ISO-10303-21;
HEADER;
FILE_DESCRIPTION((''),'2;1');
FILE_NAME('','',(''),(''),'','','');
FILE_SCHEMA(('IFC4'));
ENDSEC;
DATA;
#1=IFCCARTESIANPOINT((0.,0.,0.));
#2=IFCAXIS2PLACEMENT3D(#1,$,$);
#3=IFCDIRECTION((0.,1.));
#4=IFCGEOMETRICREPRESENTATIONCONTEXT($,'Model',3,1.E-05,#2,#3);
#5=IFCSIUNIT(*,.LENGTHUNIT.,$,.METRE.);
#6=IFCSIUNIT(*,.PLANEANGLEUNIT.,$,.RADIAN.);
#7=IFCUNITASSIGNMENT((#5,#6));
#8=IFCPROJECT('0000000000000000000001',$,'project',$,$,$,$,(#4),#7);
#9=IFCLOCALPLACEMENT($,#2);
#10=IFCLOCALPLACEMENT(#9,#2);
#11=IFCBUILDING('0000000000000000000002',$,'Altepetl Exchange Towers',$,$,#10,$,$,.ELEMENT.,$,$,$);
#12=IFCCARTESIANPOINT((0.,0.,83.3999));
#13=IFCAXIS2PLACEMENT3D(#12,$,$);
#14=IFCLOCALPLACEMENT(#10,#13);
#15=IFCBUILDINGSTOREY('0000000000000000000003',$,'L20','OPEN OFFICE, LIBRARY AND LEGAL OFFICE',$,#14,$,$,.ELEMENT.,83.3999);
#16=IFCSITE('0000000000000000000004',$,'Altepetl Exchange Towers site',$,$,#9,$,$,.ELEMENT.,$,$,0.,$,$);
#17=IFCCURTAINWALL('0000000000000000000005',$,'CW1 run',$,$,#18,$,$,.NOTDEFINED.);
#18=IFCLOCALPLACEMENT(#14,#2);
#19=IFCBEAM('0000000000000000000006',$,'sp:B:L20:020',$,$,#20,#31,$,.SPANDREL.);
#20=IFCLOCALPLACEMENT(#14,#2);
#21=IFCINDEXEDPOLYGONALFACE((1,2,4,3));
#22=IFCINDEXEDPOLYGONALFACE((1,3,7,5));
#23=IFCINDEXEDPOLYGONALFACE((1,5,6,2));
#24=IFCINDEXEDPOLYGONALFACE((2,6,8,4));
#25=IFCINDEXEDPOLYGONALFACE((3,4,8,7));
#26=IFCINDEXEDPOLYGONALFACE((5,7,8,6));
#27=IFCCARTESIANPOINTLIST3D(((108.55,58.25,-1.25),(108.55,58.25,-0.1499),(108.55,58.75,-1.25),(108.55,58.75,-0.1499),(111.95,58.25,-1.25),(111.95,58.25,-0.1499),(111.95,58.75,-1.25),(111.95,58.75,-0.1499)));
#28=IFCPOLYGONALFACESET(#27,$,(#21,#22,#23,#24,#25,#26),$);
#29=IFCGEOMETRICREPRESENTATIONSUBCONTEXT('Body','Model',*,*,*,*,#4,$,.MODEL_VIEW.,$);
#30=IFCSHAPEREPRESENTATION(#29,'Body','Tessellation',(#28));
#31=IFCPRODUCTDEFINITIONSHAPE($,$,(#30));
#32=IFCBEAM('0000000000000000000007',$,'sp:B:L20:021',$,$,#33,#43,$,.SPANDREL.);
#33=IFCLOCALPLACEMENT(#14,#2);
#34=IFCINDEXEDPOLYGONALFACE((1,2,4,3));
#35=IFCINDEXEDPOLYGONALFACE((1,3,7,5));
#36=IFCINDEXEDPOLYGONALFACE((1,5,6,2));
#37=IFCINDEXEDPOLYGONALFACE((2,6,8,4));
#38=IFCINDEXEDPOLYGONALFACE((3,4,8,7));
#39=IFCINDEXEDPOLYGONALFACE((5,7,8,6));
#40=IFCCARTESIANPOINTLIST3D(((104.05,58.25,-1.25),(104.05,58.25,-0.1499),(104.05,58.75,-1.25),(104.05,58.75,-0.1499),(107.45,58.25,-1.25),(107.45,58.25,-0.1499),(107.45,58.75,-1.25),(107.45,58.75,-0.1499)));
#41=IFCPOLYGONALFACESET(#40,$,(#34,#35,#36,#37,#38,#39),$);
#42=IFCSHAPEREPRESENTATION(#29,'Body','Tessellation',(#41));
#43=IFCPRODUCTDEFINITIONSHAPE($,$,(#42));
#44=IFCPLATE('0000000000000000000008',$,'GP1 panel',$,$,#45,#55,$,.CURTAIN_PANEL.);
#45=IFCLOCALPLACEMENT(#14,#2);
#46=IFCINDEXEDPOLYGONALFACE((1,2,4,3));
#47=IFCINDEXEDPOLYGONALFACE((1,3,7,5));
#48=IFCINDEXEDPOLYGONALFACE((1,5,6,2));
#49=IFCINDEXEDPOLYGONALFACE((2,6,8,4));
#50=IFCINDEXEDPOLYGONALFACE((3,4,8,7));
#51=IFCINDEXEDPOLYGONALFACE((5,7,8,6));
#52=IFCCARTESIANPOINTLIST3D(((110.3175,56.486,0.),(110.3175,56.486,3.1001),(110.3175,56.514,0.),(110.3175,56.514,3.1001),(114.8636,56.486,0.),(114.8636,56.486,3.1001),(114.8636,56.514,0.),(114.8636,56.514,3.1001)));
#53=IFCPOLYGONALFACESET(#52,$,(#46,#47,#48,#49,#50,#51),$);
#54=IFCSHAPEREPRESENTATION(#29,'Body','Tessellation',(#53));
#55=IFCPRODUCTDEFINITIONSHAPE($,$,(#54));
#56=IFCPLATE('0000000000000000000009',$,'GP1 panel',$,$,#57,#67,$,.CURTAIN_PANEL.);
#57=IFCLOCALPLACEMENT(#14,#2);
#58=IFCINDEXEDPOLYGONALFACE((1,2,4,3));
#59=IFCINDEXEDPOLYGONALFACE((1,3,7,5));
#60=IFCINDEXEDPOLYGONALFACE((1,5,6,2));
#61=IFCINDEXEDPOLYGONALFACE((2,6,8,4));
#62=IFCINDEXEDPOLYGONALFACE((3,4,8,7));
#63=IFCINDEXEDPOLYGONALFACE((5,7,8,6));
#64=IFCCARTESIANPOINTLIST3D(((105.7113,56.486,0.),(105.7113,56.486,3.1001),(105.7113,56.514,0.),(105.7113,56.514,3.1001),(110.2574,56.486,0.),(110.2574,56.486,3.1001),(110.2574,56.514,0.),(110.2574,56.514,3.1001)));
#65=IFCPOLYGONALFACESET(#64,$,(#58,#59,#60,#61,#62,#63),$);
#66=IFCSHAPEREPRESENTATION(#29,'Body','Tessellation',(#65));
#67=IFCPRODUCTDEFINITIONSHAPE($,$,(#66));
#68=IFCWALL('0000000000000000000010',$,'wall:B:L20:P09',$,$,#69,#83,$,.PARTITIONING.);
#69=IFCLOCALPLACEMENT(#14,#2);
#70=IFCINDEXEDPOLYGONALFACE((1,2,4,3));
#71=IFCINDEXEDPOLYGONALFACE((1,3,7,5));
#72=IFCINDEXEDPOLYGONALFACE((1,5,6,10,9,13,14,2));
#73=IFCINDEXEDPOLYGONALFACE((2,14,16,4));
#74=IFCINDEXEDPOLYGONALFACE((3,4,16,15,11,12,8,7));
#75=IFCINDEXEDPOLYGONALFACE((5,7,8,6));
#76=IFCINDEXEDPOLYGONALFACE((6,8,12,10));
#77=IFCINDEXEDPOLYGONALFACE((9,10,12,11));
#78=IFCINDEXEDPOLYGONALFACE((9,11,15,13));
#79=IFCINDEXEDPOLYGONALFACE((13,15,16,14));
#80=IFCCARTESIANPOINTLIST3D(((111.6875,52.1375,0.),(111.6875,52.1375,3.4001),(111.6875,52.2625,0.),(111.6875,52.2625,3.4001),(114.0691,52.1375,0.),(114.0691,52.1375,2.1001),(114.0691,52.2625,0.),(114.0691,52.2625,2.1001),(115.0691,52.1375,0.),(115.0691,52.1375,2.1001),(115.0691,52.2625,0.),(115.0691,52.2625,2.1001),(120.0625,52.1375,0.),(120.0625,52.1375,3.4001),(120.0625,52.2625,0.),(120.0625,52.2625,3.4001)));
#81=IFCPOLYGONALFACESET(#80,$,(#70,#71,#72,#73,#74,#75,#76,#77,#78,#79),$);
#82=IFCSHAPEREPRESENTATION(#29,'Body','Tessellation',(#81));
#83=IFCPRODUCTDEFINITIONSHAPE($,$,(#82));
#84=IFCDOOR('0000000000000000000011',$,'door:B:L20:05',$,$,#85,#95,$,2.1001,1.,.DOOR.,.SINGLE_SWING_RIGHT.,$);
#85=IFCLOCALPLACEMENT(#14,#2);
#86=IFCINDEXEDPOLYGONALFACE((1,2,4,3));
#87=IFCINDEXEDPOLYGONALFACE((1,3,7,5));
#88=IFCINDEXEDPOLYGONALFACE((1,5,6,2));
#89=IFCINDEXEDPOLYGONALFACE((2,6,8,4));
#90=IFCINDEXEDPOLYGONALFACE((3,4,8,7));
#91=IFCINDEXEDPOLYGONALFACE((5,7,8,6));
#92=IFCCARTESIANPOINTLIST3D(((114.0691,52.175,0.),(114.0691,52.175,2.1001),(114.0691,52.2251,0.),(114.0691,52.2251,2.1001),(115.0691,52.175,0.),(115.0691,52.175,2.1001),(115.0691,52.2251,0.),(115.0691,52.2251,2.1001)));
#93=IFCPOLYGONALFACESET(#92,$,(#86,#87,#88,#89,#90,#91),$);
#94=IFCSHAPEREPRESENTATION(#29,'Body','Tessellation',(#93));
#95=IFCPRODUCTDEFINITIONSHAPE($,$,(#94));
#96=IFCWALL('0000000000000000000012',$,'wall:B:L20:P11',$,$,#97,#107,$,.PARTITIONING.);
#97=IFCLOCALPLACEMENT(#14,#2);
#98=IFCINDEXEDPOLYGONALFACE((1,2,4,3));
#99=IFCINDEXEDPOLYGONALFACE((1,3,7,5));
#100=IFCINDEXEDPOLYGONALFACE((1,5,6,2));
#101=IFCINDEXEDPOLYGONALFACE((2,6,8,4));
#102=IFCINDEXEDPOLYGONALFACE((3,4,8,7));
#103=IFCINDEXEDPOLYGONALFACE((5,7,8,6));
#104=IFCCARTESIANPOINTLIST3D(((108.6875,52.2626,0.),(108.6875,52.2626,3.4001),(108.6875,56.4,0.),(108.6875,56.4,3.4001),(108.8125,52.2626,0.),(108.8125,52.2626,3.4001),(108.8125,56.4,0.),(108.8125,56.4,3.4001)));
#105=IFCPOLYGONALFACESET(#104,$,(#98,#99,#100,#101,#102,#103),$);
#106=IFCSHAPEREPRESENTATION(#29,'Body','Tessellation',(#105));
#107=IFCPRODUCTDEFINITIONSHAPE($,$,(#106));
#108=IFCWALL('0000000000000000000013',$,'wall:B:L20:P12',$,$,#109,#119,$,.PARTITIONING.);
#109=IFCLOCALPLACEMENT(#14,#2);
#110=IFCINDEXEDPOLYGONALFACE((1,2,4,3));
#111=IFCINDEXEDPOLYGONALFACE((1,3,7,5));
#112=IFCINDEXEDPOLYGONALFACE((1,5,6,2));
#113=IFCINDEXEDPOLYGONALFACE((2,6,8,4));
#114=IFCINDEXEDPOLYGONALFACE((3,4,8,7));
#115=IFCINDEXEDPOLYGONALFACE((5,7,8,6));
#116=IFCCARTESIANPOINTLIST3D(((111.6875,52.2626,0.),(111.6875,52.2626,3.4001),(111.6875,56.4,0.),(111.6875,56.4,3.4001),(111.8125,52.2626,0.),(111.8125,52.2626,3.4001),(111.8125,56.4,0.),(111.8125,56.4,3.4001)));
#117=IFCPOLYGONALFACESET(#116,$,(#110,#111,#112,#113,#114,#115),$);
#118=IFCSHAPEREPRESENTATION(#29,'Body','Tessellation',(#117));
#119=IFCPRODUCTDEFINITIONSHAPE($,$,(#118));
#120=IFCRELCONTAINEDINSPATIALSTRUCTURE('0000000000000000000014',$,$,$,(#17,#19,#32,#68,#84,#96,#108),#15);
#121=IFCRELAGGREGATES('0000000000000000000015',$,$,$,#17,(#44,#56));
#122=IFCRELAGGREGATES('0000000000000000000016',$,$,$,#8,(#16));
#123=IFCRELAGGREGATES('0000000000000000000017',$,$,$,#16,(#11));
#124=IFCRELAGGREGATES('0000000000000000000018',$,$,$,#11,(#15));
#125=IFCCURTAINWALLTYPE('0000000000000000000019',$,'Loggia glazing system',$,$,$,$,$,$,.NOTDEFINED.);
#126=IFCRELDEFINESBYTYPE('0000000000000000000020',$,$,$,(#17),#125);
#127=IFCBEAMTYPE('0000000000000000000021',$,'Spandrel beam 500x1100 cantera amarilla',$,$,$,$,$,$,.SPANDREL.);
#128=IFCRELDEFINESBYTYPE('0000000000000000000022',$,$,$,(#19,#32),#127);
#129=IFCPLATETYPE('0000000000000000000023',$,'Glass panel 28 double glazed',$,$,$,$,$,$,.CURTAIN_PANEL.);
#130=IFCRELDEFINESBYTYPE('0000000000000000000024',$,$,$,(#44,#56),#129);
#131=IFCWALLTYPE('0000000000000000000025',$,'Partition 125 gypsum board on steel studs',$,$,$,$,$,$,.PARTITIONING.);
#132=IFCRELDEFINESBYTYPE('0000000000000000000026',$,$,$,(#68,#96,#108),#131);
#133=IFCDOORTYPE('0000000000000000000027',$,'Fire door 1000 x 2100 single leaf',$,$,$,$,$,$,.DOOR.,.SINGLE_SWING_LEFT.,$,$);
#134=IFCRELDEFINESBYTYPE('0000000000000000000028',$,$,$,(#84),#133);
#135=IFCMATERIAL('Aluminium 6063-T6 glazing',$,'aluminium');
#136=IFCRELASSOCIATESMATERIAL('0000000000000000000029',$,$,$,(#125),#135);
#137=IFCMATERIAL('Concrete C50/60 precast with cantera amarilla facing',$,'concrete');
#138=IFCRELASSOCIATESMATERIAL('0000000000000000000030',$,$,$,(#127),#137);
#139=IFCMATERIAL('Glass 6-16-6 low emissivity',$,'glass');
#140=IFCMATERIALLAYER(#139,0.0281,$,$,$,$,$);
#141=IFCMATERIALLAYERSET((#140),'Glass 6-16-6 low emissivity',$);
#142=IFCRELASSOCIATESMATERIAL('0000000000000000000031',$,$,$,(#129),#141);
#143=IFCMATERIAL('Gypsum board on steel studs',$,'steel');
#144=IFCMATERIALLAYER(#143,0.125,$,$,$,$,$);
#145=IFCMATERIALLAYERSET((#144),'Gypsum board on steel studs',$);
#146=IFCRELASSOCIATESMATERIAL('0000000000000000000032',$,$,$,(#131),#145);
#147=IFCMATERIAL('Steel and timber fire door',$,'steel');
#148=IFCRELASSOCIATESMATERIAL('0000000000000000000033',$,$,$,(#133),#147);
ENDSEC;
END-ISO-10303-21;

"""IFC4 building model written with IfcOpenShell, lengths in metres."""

from ifc_helpers import new_model, si_unit, direction, frame, frame_2d, origin, origin_2d, place, context, subcontext, project, spatial, rectangle, extrude, material, layer, layer_set, material_profile, profile_set, type_object, element, fill, aggregate, save


model = new_model("IFC4")

# Units and contexts
model_context = context("Model", 3, precision=1e-05, world=origin(), true_north=direction((0.0, 1.0)))
body_context = subcontext(model_context, "Body", "Model", "MODEL_VIEW")
ifc_project = project(units=[si_unit("LENGTHUNIT", "METRE"), si_unit("PLANEANGLEUNIT", "RADIAN")], contexts=[model_context])

# Site, building, storey
site_placement = place(None, origin())
site = spatial("IfcSite", under=ifc_project, at=site_placement, Name="Altepetl Exchange Towers site", CompositionType="ELEMENT", RefElevation=0.0)
building_placement = place(site_placement, origin())
building = spatial("IfcBuilding", under=site, at=building_placement, Name="Altepetl Exchange Towers", CompositionType="ELEMENT")
storey_placement = place(building_placement, frame((0.0, 0.0, 83.3999)))
storey = spatial("IfcBuildingStorey", under=building, at=storey_placement, Name="L20", Description="OPEN OFFICE, LIBRARY AND LEGAL OFFICE", CompositionType="ELEMENT", Elevation=83.3999)

# Curtain wall
ifc_material_1 = material(Name="Aluminium 6063-T6 glazing", Category="aluminium")
curtain_wall_type = type_object("IfcCurtainWallType", Name="Loggia glazing system", PredefinedType="NOTDEFINED", material=ifc_material_1)
curtain_wall_placement = place(storey_placement, origin())
curtain_wall = element("IfcCurtainWall", 1, at=curtain_wall_placement, inside=storey, type_object=curtain_wall_type, Name="CW1 run", PredefinedType="NOTDEFINED")

# Beams
ifc_material_2 = material(Name="Concrete C50/60 precast with cantera amarilla facing", Category="concrete")
ifc_material_profile_1 = material_profile(ifc_material_2, rectangle(XDim=0.5, YDim=1.1001, at=origin_2d()), Name="500 x 1100")
ifc_profile_set_1 = profile_set([ifc_material_profile_1], Name="Concrete C50/60 precast with cantera amarilla facing")
beam_type_1 = type_object("IfcBeamType", Name="Spandrel beam 500x1100 cantera amarilla", PredefinedType="SPANDREL", material=ifc_profile_set_1)
for number, where, z_axis, x_axis, name in (
    (2, (111.95, 58.5, -0.7), (-1.0, 0.0, 0.0), (0.0, -1.0, 0.0), "sp:B:L20:020"),
    (3, (107.45, 58.5, -0.7), (-1.0, 0.0, 0.0), (0.0, -1.0, 0.0), "sp:B:L20:021"),
):
    element("IfcBeam", number, at=place(storey_placement, frame(where, z_axis=z_axis, x_axis=x_axis)), inside=storey, type_object=beam_type_1, Name=name, PredefinedType="SPANDREL", context=body_context, shape_type="SweptSolid", body=[
        extrude(rectangle(XDim=0.5, YDim=1.1001, at=origin_2d()), origin(), (0.0, 0.0, 1.0), 3.3999),
    ])

# Plates
ifc_material_3 = material(Name="Glass 6-16-6 low emissivity", Category="glass")
ifc_layer_1 = layer(ifc_material_3, 0.0281)
ifc_layer_set_1 = layer_set([ifc_layer_1], Name="Glass 6-16-6 low emissivity")
plate_type = type_object("IfcPlateType", Name="Glass panel 28 double glazed", PredefinedType="CURTAIN_PANEL", material=ifc_layer_set_1)
plate_1_placement = place(storey_placement, frame((112.5906, 56.5, 0.0), z_axis=(0.0, 0.0, 1.0), x_axis=(-1.0, 0.0, 0.0)))
plate_1 = element("IfcPlate", 4, at=plate_1_placement, type_object=plate_type, Name="GP1 panel", PredefinedType="CURTAIN_PANEL", context=body_context, shape_type="SweptSolid", body=[
    extrude(rectangle(XDim=4.5461, YDim=0.0281, at=origin_2d()), origin(), (0.0, 0.0, 1.0), 3.1001),
])
plate_2_placement = place(storey_placement, frame((107.9844, 56.5, 0.0), z_axis=(0.0, 0.0, 1.0), x_axis=(-1.0, 0.0, 0.0)))
plate_2 = element("IfcPlate", 5, at=plate_2_placement, type_object=plate_type, Name="GP1 panel", PredefinedType="CURTAIN_PANEL", context=body_context, shape_type="SweptSolid", body=[
    extrude(rectangle(XDim=4.5461, YDim=0.0281, at=origin_2d()), origin(), (0.0, 0.0, 1.0), 3.1001),
])
aggregate(curtain_wall, [plate_1, plate_2])

# Wall, opening, door
ifc_material_4 = material(Name="Gypsum board on steel studs", Category="steel")
ifc_layer_2 = layer(ifc_material_4, 0.125)
ifc_layer_set_2 = layer_set([ifc_layer_2], Name="Gypsum board on steel studs")
wall_type = type_object("IfcWallType", Name="Partition 125 gypsum board on steel studs", PredefinedType="PARTITIONING", material=ifc_layer_set_2)
wall_placement = place(storey_placement, frame((111.6875, 52.2, 0.0)))
wall = element("IfcWall", 6, at=wall_placement, inside=storey, type_object=wall_type, Name="wall:B:L20:P09", PredefinedType="PARTITIONING", context=body_context, shape_type="SweptSolid", body=[
    extrude(rectangle(XDim=8.375, YDim=0.125, at=frame_2d((4.1875, 0.0))), origin(), (0.0, 0.0, 1.0), 3.4001),
])
opening_placement = place(wall_placement, frame((2.3816, 0.0, 0.0)))
opening = element("IfcOpeningElement", 7, at=opening_placement, cuts=wall, PredefinedType="OPENING", context=body_context, shape_type="SweptSolid", body=[
    extrude(rectangle(XDim=1.0, YDim=2.1001, at=frame_2d((0.5, 1.05))), frame((0.0, 0.0725, 0.0), z_axis=(0.0, -1.0, 0.0), x_axis=(1.0, 0.0, 0.0)), (0.0, 0.0, 1.0), 0.145),
])
ifc_material_5 = material(Name="Steel and timber fire door", Category="steel")
door_type = type_object("IfcDoorType", Name="Fire door 1000 x 2100 single leaf", OperationType="SINGLE_SWING_LEFT", PredefinedType="DOOR", material=ifc_material_5)
door_placement = place(opening_placement, frame((1.0, 0.0, 0.0), x_axis=(-1.0, 0.0, 0.0)))
door = element("IfcDoor", 8, at=door_placement, inside=storey, type_object=door_type, Name="door:B:L20:05", OperationType="SINGLE_SWING_RIGHT", OverallHeight=2.1001, OverallWidth=1.0, PredefinedType="DOOR", context=body_context, shape_type="SweptSolid", body=[
    extrude(rectangle(XDim=1.0, YDim=2.1001, at=frame_2d((0.5, 1.05))), frame((0.0, 0.0249, 0.0), z_axis=(0.0, -1.0, 0.0), x_axis=(1.0, 0.0, 0.0)), (0.0, 0.0, 1.0), 0.05),
])
fill(opening, door)

# Walls
for number, where, z_axis, x_axis, name in (
    (9, (108.75, 52.2625, 0.0), (0.0, 0.0, 1.0), (0.0, 1.0, 0.0), "wall:B:L20:P11"),
    (10, (111.75, 52.2625, 0.0), (0.0, 0.0, 1.0), (0.0, 1.0, 0.0), "wall:B:L20:P12"),
):
    element("IfcWall", number, at=place(storey_placement, frame(where, z_axis=z_axis, x_axis=x_axis)), inside=storey, type_object=wall_type, Name=name, PredefinedType="PARTITIONING", context=body_context, shape_type="SweptSolid", body=[
        extrude(rectangle(XDim=4.1375, YDim=0.125, at=frame_2d((2.0688, 0.0))), origin(), (0.0, 0.0, 1.0), 3.4001),
    ])

save(model, "model.ifc")
